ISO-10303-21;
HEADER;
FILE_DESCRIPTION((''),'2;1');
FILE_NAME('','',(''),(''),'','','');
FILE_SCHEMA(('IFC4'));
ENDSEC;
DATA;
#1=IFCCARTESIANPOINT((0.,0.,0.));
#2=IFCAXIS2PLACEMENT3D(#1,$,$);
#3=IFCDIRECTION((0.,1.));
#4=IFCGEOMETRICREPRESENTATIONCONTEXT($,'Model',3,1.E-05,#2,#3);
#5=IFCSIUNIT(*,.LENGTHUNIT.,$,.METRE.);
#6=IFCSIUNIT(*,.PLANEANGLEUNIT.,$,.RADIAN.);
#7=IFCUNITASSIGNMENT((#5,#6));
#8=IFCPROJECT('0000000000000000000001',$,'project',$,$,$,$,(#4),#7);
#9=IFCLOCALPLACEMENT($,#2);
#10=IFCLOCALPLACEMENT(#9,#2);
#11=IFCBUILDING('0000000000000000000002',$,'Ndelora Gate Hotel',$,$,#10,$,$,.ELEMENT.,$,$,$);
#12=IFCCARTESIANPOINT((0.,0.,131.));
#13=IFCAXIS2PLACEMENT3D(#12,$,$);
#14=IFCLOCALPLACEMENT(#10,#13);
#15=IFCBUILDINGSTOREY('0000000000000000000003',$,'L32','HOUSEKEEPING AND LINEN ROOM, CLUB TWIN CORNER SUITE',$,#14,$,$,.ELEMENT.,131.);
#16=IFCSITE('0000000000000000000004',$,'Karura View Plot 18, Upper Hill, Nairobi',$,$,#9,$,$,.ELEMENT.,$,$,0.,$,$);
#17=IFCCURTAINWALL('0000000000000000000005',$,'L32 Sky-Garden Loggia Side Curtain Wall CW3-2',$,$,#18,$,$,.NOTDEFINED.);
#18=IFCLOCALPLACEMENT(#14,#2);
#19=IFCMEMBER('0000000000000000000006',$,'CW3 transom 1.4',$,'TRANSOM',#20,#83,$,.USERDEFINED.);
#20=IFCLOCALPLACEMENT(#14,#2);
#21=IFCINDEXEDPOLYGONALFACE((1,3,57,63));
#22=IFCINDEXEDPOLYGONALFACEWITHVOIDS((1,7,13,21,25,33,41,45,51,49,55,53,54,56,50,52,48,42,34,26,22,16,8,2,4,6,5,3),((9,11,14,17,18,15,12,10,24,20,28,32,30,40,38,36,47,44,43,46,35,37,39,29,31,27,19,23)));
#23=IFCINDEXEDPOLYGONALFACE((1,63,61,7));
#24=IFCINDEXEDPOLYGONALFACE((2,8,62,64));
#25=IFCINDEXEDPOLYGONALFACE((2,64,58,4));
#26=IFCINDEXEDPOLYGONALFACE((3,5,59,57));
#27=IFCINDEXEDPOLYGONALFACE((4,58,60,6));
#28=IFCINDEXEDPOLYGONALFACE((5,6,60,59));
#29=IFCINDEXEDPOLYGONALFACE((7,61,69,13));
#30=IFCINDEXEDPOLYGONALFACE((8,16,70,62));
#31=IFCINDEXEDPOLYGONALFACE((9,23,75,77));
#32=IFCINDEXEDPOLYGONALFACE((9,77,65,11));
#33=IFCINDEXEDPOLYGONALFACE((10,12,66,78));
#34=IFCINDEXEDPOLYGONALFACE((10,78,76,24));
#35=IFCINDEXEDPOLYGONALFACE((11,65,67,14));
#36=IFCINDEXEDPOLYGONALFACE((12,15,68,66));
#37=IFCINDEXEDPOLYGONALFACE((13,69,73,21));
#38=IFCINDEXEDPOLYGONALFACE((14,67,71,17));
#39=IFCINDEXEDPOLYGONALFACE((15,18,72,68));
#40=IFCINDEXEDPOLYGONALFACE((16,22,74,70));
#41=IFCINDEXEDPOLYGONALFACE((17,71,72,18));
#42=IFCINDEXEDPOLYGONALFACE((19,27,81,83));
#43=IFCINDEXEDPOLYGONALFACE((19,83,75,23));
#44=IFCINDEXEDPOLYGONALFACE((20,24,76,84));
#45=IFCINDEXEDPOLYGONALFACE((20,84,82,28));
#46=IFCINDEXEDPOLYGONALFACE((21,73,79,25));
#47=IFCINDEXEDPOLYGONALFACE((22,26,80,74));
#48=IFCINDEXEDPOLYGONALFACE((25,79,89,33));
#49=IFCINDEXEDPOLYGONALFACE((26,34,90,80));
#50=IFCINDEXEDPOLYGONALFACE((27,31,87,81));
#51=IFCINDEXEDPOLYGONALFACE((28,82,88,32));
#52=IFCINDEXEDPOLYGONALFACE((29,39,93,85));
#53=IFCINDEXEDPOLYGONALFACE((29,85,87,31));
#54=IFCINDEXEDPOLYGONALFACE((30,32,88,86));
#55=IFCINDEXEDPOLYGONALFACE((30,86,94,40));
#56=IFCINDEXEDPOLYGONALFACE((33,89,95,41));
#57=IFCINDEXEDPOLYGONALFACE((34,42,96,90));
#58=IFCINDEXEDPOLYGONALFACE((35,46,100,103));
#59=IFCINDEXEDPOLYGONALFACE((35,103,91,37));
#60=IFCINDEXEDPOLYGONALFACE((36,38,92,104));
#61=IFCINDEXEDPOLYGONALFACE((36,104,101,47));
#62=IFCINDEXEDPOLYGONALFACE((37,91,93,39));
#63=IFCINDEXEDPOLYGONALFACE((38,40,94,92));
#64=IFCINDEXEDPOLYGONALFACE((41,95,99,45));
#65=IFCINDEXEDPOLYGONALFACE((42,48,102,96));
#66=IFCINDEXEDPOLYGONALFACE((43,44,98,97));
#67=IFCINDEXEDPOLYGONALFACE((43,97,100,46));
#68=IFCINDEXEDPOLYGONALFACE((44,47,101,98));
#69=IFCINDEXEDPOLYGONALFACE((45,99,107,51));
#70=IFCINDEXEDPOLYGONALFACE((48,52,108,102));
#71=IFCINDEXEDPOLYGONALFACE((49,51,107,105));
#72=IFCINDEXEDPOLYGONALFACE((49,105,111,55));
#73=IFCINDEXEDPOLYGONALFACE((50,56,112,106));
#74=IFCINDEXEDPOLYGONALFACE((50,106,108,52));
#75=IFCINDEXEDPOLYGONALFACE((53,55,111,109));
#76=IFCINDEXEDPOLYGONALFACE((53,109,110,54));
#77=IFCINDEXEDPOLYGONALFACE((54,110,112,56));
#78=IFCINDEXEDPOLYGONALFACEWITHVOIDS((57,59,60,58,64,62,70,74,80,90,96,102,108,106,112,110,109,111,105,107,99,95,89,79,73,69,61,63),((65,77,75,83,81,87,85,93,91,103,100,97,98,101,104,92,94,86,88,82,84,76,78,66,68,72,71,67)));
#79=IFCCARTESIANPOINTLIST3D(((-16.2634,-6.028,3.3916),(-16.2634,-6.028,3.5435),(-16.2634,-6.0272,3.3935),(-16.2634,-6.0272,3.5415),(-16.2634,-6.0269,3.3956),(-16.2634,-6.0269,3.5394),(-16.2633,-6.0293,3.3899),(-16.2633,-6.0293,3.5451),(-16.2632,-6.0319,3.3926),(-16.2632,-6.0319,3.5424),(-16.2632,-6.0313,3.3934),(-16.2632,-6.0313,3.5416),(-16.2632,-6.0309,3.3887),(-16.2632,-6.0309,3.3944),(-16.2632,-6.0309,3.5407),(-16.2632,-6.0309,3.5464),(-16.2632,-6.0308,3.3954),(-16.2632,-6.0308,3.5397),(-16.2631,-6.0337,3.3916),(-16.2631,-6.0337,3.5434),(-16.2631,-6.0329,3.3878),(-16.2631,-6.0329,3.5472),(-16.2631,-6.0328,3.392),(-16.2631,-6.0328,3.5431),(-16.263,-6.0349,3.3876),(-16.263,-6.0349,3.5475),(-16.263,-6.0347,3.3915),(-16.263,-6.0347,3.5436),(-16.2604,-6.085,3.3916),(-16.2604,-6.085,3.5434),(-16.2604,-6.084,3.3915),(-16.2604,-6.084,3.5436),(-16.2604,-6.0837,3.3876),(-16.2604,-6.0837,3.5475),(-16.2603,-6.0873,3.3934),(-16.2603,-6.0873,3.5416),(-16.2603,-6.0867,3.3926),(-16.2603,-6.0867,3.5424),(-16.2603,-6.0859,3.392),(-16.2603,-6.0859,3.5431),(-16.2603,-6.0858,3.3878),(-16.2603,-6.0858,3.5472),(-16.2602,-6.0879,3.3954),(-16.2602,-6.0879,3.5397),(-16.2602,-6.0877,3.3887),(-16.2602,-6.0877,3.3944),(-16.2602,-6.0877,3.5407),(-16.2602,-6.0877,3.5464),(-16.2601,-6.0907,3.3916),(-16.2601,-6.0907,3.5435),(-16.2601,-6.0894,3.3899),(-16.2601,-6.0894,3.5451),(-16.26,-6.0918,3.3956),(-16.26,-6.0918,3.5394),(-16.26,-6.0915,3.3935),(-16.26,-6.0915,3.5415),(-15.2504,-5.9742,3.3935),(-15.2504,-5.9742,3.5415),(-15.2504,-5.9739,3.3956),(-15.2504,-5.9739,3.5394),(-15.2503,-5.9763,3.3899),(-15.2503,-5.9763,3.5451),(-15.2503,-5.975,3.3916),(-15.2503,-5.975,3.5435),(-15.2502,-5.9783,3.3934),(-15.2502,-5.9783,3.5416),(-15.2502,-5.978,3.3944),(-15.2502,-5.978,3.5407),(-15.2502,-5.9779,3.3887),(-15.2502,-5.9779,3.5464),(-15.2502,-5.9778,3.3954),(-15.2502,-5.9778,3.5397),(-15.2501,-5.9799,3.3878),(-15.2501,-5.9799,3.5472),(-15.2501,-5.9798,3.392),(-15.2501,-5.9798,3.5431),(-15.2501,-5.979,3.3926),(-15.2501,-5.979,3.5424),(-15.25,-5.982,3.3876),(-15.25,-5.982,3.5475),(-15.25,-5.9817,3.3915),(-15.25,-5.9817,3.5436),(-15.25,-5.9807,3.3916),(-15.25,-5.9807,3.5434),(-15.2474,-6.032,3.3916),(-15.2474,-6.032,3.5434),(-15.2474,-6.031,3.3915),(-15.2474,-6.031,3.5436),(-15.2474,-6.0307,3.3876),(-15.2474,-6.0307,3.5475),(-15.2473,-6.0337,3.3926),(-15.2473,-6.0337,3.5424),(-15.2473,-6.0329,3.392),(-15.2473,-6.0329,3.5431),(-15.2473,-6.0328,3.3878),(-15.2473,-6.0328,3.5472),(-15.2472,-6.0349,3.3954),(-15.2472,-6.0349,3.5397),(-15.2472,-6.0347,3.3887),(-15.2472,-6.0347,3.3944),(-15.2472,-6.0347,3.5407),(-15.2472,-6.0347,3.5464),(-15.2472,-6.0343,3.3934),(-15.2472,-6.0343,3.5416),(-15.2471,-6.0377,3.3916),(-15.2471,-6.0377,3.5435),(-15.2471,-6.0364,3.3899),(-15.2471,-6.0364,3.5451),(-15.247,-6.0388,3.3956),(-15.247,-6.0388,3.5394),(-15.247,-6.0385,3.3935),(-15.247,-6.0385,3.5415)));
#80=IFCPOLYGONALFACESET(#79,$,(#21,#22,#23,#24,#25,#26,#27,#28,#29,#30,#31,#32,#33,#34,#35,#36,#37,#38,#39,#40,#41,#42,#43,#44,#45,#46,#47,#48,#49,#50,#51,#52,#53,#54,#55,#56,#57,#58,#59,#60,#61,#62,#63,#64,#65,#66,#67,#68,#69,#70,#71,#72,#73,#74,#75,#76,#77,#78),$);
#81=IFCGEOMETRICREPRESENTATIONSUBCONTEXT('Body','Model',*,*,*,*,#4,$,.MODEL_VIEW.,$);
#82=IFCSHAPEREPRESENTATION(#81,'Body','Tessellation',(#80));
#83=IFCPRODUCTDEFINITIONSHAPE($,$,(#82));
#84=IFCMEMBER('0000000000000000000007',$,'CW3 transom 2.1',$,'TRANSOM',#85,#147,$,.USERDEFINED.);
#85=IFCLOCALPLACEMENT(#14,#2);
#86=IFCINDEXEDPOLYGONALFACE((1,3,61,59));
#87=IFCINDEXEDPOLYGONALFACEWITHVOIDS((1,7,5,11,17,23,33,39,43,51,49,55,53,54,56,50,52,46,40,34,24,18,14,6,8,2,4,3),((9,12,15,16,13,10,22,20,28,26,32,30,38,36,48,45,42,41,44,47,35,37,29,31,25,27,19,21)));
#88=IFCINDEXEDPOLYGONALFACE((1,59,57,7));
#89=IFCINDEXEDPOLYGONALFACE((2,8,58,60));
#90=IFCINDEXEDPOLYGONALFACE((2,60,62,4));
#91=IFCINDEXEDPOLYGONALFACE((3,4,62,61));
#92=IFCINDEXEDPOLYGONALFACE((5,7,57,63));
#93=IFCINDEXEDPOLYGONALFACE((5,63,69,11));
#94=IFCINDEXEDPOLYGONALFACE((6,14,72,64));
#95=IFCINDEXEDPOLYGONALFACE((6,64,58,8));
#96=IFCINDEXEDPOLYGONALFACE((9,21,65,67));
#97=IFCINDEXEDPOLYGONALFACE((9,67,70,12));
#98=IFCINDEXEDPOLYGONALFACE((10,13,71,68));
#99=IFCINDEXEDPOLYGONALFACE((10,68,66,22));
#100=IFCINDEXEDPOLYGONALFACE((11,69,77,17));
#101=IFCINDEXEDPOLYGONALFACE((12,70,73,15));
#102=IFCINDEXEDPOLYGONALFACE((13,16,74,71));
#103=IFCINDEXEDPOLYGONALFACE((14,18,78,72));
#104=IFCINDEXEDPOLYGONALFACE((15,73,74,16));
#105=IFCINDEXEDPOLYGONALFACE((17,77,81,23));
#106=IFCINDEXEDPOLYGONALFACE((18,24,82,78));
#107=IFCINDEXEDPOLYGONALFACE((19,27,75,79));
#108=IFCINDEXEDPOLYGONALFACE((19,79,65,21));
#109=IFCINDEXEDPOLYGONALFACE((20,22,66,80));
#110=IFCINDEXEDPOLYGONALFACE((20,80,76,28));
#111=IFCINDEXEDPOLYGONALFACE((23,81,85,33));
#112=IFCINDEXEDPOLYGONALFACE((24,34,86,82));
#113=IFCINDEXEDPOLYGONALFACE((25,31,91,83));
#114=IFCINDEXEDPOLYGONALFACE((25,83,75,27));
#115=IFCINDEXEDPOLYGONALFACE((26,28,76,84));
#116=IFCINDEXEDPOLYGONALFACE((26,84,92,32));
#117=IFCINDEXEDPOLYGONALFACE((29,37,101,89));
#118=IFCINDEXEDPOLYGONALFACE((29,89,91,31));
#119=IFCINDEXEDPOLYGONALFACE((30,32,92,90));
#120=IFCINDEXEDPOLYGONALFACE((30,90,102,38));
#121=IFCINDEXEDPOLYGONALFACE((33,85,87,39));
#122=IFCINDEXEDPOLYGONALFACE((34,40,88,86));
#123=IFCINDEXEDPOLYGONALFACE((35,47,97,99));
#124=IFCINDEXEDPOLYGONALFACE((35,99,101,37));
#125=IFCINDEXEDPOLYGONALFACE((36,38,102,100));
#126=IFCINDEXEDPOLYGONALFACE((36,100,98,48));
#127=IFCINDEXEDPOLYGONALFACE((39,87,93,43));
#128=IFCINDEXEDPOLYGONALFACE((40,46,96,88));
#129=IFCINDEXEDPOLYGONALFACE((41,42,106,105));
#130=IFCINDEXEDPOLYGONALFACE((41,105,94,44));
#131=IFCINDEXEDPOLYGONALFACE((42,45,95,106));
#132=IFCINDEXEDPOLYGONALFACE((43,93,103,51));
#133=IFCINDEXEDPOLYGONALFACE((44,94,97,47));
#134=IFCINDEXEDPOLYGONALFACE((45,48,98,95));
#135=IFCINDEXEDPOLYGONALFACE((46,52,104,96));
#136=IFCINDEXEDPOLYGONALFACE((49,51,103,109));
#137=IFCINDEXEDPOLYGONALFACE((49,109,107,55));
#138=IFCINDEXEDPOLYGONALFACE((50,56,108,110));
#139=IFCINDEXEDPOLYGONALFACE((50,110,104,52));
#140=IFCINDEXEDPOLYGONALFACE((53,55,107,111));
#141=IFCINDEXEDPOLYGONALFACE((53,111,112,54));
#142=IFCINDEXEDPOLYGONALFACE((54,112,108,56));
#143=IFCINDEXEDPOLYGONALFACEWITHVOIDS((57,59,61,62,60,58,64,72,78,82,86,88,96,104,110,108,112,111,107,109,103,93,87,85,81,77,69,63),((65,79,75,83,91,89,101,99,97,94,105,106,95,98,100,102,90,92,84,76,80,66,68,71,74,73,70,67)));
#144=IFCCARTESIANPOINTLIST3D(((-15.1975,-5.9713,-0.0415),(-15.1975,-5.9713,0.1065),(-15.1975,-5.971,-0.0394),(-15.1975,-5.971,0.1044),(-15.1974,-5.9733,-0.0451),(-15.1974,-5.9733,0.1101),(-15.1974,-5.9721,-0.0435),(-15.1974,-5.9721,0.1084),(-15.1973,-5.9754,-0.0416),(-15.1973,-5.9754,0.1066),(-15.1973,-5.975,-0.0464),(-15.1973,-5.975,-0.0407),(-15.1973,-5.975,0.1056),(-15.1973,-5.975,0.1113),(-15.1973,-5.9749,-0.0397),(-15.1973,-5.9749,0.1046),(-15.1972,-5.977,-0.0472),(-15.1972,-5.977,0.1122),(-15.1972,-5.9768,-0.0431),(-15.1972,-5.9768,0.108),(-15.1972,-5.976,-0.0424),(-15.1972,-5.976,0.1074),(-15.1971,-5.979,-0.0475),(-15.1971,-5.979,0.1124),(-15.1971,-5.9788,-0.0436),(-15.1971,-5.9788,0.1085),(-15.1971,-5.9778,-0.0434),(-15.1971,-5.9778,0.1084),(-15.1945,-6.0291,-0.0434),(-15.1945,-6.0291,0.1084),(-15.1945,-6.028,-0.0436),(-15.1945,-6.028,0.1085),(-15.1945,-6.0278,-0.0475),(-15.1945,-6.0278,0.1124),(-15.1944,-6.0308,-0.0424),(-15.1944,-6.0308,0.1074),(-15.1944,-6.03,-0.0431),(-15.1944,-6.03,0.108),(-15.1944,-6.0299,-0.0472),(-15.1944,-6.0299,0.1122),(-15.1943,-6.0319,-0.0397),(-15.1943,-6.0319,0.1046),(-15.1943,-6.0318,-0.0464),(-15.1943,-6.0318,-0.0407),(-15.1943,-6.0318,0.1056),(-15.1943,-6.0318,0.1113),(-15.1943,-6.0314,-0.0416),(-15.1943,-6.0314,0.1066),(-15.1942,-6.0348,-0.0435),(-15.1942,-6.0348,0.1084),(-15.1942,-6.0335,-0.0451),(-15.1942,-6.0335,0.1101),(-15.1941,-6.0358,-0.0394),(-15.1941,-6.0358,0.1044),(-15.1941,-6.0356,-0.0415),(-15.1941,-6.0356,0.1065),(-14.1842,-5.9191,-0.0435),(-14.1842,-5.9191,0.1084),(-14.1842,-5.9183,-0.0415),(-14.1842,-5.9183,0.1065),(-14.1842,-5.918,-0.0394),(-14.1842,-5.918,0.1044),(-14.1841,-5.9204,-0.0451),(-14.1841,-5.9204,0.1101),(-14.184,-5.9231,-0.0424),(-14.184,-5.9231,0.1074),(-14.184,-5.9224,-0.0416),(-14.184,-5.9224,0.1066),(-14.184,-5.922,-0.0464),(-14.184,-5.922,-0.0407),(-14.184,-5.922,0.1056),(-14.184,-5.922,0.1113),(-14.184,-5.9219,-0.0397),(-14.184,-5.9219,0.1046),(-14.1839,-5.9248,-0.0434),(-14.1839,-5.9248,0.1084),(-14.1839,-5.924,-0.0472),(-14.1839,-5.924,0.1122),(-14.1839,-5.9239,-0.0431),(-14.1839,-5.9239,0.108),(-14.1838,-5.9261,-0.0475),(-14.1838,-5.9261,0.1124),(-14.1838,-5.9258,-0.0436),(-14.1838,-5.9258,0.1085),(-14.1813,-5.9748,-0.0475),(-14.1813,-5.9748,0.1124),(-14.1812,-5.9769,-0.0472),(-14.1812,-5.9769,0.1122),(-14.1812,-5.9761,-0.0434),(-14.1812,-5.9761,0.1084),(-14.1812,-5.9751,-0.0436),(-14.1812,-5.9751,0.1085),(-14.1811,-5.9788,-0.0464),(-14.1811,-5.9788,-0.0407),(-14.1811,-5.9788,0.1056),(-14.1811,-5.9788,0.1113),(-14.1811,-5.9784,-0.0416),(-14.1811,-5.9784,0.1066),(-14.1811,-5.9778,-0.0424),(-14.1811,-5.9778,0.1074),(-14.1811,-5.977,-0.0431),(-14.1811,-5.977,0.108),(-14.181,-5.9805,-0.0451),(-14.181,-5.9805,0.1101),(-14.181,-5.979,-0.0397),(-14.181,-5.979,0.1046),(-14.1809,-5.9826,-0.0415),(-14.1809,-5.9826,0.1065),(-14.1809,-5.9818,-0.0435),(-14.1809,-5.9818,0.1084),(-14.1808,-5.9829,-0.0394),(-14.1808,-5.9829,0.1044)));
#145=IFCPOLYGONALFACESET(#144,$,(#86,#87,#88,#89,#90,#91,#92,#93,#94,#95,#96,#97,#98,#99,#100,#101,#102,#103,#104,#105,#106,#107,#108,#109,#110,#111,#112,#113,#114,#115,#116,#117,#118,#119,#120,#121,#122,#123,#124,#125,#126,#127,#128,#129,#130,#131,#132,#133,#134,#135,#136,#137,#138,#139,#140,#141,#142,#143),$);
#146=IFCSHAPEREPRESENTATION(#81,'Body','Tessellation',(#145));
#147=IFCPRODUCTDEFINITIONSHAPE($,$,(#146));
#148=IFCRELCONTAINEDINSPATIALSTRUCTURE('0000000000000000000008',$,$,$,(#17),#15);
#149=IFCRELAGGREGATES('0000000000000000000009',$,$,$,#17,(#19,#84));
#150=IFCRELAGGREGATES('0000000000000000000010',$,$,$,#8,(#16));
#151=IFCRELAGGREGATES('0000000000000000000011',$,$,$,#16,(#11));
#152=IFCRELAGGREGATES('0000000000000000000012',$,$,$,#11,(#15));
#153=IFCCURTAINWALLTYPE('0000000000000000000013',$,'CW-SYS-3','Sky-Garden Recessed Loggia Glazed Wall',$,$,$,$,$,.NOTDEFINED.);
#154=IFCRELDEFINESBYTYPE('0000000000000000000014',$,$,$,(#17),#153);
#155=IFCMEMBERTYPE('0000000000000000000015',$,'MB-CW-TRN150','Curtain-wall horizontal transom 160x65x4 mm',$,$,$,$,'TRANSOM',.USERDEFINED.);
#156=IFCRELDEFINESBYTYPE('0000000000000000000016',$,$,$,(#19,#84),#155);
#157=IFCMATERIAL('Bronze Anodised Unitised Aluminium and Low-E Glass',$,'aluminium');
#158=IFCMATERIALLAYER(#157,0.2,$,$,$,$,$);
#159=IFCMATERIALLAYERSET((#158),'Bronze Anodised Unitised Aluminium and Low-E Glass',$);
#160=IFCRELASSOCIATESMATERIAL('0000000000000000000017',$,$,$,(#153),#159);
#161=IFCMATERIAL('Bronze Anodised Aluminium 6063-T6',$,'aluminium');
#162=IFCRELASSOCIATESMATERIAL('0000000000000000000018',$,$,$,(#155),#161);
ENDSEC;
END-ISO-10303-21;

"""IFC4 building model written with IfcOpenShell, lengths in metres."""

from ifc_helpers import new_model, si_unit, direction, frame, origin, origin_2d, place, context, subcontext, project, spatial, hollow_rectangle, extrude, material, layer, layer_set, material_profile, profile_set, type_object, element, aggregate, save


model = new_model("IFC4")

# Units and contexts
model_context = context("Model", 3, precision=1e-05, world=origin(), true_north=direction((0.0, 1.0)))
body_context = subcontext(model_context, "Body", "Model", "MODEL_VIEW")
ifc_project = project(units=[si_unit("LENGTHUNIT", "METRE"), si_unit("PLANEANGLEUNIT", "RADIAN")], contexts=[model_context])

# Site, building, storey
site_placement = place(None, origin())
site = spatial("IfcSite", under=ifc_project, at=site_placement, Name="Karura View Plot 18, Upper Hill, Nairobi", CompositionType="ELEMENT", RefElevation=0.0)
building_placement = place(site_placement, origin())
building = spatial("IfcBuilding", under=site, at=building_placement, Name="Ndelora Gate Hotel", CompositionType="ELEMENT")
storey_placement = place(building_placement, frame((0.0, 0.0, 131.0)))
storey = spatial("IfcBuildingStorey", under=building, at=storey_placement, Name="L32", Description="HOUSEKEEPING AND LINEN ROOM, CLUB TWIN CORNER SUITE", CompositionType="ELEMENT", Elevation=131.0)

# Curtain wall, members
ifc_material_1 = material(Name="Bronze Anodised Unitised Aluminium and Low-E Glass", Category="aluminium")
ifc_layer_1 = layer(ifc_material_1, 0.2)
ifc_layer_set_1 = layer_set([ifc_layer_1], Name="Bronze Anodised Unitised Aluminium and Low-E Glass")
curtain_wall_type = type_object("IfcCurtainWallType", Name="CW-SYS-3", Description="Sky-Garden Recessed Loggia Glazed Wall", PredefinedType="NOTDEFINED", material=ifc_layer_set_1)
curtain_wall_placement = place(storey_placement, origin())
curtain_wall = element("IfcCurtainWall", 1, at=curtain_wall_placement, inside=storey, type_object=curtain_wall_type, Name="L32 Sky-Garden Loggia Side Curtain Wall CW3-2", PredefinedType="NOTDEFINED")
ifc_material_2 = material(Name="Bronze Anodised Aluminium 6063-T6", Category="aluminium")
ifc_material_profile_1 = material_profile(ifc_material_2, hollow_rectangle(XDim=0.0649, YDim=0.1599, WallThickness=0.0039, InnerFilletRadius=0.0039, OuterFilletRadius=0.0081, at=origin_2d()), Name="ALU 160x65x4")
ifc_profile_set_1 = profile_set([ifc_material_profile_1], Name="Bronze Anodised Aluminium 6063-T6")
member_type_1 = type_object("IfcMemberType", Name="MB-CW-TRN150", Description="Curtain-wall horizontal transom 160x65x4 mm", ElementType="TRANSOM", PredefinedType="USERDEFINED", material=ifc_profile_set_1)
member_1_placement = place(storey_placement, frame((-16.2617, -6.0593, 3.4675), z_axis=(0.998635, 0.05223, 0.0), x_axis=(-0.05223, 0.998635, 0.0)))
member_1 = element("IfcMember", 2, at=member_1_placement, type_object=member_type_1, Name="CW3 transom 1.4", ObjectType="TRANSOM", PredefinedType="USERDEFINED", context=body_context, shape_type="SweptSolid", body=[
    extrude(hollow_rectangle(XDim=0.0649, YDim=0.1599, WallThickness=0.0039, InnerFilletRadius=0.0039, OuterFilletRadius=0.0081, at=origin_2d()), origin(), (0.0, 0.0, 1.0), 1.0144),
])
member_2_placement = place(storey_placement, frame((-15.1958, -6.0034, 0.0325), z_axis=(0.998636, 0.052218, 0.0), x_axis=(-0.052218, 0.998636, 0.0)))
member_2 = element("IfcMember", 3, at=member_2_placement, type_object=member_type_1, Name="CW3 transom 2.1", ObjectType="TRANSOM", PredefinedType="USERDEFINED", context=body_context, shape_type="SweptSolid", body=[
    extrude(hollow_rectangle(XDim=0.0649, YDim=0.1599, WallThickness=0.0039, InnerFilletRadius=0.0039, OuterFilletRadius=0.0081, at=origin_2d()), origin(), (0.0, 0.0, 1.0), 1.0146),
])
aggregate(curtain_wall, [member_1, member_2])

save(model, "model.ifc")
